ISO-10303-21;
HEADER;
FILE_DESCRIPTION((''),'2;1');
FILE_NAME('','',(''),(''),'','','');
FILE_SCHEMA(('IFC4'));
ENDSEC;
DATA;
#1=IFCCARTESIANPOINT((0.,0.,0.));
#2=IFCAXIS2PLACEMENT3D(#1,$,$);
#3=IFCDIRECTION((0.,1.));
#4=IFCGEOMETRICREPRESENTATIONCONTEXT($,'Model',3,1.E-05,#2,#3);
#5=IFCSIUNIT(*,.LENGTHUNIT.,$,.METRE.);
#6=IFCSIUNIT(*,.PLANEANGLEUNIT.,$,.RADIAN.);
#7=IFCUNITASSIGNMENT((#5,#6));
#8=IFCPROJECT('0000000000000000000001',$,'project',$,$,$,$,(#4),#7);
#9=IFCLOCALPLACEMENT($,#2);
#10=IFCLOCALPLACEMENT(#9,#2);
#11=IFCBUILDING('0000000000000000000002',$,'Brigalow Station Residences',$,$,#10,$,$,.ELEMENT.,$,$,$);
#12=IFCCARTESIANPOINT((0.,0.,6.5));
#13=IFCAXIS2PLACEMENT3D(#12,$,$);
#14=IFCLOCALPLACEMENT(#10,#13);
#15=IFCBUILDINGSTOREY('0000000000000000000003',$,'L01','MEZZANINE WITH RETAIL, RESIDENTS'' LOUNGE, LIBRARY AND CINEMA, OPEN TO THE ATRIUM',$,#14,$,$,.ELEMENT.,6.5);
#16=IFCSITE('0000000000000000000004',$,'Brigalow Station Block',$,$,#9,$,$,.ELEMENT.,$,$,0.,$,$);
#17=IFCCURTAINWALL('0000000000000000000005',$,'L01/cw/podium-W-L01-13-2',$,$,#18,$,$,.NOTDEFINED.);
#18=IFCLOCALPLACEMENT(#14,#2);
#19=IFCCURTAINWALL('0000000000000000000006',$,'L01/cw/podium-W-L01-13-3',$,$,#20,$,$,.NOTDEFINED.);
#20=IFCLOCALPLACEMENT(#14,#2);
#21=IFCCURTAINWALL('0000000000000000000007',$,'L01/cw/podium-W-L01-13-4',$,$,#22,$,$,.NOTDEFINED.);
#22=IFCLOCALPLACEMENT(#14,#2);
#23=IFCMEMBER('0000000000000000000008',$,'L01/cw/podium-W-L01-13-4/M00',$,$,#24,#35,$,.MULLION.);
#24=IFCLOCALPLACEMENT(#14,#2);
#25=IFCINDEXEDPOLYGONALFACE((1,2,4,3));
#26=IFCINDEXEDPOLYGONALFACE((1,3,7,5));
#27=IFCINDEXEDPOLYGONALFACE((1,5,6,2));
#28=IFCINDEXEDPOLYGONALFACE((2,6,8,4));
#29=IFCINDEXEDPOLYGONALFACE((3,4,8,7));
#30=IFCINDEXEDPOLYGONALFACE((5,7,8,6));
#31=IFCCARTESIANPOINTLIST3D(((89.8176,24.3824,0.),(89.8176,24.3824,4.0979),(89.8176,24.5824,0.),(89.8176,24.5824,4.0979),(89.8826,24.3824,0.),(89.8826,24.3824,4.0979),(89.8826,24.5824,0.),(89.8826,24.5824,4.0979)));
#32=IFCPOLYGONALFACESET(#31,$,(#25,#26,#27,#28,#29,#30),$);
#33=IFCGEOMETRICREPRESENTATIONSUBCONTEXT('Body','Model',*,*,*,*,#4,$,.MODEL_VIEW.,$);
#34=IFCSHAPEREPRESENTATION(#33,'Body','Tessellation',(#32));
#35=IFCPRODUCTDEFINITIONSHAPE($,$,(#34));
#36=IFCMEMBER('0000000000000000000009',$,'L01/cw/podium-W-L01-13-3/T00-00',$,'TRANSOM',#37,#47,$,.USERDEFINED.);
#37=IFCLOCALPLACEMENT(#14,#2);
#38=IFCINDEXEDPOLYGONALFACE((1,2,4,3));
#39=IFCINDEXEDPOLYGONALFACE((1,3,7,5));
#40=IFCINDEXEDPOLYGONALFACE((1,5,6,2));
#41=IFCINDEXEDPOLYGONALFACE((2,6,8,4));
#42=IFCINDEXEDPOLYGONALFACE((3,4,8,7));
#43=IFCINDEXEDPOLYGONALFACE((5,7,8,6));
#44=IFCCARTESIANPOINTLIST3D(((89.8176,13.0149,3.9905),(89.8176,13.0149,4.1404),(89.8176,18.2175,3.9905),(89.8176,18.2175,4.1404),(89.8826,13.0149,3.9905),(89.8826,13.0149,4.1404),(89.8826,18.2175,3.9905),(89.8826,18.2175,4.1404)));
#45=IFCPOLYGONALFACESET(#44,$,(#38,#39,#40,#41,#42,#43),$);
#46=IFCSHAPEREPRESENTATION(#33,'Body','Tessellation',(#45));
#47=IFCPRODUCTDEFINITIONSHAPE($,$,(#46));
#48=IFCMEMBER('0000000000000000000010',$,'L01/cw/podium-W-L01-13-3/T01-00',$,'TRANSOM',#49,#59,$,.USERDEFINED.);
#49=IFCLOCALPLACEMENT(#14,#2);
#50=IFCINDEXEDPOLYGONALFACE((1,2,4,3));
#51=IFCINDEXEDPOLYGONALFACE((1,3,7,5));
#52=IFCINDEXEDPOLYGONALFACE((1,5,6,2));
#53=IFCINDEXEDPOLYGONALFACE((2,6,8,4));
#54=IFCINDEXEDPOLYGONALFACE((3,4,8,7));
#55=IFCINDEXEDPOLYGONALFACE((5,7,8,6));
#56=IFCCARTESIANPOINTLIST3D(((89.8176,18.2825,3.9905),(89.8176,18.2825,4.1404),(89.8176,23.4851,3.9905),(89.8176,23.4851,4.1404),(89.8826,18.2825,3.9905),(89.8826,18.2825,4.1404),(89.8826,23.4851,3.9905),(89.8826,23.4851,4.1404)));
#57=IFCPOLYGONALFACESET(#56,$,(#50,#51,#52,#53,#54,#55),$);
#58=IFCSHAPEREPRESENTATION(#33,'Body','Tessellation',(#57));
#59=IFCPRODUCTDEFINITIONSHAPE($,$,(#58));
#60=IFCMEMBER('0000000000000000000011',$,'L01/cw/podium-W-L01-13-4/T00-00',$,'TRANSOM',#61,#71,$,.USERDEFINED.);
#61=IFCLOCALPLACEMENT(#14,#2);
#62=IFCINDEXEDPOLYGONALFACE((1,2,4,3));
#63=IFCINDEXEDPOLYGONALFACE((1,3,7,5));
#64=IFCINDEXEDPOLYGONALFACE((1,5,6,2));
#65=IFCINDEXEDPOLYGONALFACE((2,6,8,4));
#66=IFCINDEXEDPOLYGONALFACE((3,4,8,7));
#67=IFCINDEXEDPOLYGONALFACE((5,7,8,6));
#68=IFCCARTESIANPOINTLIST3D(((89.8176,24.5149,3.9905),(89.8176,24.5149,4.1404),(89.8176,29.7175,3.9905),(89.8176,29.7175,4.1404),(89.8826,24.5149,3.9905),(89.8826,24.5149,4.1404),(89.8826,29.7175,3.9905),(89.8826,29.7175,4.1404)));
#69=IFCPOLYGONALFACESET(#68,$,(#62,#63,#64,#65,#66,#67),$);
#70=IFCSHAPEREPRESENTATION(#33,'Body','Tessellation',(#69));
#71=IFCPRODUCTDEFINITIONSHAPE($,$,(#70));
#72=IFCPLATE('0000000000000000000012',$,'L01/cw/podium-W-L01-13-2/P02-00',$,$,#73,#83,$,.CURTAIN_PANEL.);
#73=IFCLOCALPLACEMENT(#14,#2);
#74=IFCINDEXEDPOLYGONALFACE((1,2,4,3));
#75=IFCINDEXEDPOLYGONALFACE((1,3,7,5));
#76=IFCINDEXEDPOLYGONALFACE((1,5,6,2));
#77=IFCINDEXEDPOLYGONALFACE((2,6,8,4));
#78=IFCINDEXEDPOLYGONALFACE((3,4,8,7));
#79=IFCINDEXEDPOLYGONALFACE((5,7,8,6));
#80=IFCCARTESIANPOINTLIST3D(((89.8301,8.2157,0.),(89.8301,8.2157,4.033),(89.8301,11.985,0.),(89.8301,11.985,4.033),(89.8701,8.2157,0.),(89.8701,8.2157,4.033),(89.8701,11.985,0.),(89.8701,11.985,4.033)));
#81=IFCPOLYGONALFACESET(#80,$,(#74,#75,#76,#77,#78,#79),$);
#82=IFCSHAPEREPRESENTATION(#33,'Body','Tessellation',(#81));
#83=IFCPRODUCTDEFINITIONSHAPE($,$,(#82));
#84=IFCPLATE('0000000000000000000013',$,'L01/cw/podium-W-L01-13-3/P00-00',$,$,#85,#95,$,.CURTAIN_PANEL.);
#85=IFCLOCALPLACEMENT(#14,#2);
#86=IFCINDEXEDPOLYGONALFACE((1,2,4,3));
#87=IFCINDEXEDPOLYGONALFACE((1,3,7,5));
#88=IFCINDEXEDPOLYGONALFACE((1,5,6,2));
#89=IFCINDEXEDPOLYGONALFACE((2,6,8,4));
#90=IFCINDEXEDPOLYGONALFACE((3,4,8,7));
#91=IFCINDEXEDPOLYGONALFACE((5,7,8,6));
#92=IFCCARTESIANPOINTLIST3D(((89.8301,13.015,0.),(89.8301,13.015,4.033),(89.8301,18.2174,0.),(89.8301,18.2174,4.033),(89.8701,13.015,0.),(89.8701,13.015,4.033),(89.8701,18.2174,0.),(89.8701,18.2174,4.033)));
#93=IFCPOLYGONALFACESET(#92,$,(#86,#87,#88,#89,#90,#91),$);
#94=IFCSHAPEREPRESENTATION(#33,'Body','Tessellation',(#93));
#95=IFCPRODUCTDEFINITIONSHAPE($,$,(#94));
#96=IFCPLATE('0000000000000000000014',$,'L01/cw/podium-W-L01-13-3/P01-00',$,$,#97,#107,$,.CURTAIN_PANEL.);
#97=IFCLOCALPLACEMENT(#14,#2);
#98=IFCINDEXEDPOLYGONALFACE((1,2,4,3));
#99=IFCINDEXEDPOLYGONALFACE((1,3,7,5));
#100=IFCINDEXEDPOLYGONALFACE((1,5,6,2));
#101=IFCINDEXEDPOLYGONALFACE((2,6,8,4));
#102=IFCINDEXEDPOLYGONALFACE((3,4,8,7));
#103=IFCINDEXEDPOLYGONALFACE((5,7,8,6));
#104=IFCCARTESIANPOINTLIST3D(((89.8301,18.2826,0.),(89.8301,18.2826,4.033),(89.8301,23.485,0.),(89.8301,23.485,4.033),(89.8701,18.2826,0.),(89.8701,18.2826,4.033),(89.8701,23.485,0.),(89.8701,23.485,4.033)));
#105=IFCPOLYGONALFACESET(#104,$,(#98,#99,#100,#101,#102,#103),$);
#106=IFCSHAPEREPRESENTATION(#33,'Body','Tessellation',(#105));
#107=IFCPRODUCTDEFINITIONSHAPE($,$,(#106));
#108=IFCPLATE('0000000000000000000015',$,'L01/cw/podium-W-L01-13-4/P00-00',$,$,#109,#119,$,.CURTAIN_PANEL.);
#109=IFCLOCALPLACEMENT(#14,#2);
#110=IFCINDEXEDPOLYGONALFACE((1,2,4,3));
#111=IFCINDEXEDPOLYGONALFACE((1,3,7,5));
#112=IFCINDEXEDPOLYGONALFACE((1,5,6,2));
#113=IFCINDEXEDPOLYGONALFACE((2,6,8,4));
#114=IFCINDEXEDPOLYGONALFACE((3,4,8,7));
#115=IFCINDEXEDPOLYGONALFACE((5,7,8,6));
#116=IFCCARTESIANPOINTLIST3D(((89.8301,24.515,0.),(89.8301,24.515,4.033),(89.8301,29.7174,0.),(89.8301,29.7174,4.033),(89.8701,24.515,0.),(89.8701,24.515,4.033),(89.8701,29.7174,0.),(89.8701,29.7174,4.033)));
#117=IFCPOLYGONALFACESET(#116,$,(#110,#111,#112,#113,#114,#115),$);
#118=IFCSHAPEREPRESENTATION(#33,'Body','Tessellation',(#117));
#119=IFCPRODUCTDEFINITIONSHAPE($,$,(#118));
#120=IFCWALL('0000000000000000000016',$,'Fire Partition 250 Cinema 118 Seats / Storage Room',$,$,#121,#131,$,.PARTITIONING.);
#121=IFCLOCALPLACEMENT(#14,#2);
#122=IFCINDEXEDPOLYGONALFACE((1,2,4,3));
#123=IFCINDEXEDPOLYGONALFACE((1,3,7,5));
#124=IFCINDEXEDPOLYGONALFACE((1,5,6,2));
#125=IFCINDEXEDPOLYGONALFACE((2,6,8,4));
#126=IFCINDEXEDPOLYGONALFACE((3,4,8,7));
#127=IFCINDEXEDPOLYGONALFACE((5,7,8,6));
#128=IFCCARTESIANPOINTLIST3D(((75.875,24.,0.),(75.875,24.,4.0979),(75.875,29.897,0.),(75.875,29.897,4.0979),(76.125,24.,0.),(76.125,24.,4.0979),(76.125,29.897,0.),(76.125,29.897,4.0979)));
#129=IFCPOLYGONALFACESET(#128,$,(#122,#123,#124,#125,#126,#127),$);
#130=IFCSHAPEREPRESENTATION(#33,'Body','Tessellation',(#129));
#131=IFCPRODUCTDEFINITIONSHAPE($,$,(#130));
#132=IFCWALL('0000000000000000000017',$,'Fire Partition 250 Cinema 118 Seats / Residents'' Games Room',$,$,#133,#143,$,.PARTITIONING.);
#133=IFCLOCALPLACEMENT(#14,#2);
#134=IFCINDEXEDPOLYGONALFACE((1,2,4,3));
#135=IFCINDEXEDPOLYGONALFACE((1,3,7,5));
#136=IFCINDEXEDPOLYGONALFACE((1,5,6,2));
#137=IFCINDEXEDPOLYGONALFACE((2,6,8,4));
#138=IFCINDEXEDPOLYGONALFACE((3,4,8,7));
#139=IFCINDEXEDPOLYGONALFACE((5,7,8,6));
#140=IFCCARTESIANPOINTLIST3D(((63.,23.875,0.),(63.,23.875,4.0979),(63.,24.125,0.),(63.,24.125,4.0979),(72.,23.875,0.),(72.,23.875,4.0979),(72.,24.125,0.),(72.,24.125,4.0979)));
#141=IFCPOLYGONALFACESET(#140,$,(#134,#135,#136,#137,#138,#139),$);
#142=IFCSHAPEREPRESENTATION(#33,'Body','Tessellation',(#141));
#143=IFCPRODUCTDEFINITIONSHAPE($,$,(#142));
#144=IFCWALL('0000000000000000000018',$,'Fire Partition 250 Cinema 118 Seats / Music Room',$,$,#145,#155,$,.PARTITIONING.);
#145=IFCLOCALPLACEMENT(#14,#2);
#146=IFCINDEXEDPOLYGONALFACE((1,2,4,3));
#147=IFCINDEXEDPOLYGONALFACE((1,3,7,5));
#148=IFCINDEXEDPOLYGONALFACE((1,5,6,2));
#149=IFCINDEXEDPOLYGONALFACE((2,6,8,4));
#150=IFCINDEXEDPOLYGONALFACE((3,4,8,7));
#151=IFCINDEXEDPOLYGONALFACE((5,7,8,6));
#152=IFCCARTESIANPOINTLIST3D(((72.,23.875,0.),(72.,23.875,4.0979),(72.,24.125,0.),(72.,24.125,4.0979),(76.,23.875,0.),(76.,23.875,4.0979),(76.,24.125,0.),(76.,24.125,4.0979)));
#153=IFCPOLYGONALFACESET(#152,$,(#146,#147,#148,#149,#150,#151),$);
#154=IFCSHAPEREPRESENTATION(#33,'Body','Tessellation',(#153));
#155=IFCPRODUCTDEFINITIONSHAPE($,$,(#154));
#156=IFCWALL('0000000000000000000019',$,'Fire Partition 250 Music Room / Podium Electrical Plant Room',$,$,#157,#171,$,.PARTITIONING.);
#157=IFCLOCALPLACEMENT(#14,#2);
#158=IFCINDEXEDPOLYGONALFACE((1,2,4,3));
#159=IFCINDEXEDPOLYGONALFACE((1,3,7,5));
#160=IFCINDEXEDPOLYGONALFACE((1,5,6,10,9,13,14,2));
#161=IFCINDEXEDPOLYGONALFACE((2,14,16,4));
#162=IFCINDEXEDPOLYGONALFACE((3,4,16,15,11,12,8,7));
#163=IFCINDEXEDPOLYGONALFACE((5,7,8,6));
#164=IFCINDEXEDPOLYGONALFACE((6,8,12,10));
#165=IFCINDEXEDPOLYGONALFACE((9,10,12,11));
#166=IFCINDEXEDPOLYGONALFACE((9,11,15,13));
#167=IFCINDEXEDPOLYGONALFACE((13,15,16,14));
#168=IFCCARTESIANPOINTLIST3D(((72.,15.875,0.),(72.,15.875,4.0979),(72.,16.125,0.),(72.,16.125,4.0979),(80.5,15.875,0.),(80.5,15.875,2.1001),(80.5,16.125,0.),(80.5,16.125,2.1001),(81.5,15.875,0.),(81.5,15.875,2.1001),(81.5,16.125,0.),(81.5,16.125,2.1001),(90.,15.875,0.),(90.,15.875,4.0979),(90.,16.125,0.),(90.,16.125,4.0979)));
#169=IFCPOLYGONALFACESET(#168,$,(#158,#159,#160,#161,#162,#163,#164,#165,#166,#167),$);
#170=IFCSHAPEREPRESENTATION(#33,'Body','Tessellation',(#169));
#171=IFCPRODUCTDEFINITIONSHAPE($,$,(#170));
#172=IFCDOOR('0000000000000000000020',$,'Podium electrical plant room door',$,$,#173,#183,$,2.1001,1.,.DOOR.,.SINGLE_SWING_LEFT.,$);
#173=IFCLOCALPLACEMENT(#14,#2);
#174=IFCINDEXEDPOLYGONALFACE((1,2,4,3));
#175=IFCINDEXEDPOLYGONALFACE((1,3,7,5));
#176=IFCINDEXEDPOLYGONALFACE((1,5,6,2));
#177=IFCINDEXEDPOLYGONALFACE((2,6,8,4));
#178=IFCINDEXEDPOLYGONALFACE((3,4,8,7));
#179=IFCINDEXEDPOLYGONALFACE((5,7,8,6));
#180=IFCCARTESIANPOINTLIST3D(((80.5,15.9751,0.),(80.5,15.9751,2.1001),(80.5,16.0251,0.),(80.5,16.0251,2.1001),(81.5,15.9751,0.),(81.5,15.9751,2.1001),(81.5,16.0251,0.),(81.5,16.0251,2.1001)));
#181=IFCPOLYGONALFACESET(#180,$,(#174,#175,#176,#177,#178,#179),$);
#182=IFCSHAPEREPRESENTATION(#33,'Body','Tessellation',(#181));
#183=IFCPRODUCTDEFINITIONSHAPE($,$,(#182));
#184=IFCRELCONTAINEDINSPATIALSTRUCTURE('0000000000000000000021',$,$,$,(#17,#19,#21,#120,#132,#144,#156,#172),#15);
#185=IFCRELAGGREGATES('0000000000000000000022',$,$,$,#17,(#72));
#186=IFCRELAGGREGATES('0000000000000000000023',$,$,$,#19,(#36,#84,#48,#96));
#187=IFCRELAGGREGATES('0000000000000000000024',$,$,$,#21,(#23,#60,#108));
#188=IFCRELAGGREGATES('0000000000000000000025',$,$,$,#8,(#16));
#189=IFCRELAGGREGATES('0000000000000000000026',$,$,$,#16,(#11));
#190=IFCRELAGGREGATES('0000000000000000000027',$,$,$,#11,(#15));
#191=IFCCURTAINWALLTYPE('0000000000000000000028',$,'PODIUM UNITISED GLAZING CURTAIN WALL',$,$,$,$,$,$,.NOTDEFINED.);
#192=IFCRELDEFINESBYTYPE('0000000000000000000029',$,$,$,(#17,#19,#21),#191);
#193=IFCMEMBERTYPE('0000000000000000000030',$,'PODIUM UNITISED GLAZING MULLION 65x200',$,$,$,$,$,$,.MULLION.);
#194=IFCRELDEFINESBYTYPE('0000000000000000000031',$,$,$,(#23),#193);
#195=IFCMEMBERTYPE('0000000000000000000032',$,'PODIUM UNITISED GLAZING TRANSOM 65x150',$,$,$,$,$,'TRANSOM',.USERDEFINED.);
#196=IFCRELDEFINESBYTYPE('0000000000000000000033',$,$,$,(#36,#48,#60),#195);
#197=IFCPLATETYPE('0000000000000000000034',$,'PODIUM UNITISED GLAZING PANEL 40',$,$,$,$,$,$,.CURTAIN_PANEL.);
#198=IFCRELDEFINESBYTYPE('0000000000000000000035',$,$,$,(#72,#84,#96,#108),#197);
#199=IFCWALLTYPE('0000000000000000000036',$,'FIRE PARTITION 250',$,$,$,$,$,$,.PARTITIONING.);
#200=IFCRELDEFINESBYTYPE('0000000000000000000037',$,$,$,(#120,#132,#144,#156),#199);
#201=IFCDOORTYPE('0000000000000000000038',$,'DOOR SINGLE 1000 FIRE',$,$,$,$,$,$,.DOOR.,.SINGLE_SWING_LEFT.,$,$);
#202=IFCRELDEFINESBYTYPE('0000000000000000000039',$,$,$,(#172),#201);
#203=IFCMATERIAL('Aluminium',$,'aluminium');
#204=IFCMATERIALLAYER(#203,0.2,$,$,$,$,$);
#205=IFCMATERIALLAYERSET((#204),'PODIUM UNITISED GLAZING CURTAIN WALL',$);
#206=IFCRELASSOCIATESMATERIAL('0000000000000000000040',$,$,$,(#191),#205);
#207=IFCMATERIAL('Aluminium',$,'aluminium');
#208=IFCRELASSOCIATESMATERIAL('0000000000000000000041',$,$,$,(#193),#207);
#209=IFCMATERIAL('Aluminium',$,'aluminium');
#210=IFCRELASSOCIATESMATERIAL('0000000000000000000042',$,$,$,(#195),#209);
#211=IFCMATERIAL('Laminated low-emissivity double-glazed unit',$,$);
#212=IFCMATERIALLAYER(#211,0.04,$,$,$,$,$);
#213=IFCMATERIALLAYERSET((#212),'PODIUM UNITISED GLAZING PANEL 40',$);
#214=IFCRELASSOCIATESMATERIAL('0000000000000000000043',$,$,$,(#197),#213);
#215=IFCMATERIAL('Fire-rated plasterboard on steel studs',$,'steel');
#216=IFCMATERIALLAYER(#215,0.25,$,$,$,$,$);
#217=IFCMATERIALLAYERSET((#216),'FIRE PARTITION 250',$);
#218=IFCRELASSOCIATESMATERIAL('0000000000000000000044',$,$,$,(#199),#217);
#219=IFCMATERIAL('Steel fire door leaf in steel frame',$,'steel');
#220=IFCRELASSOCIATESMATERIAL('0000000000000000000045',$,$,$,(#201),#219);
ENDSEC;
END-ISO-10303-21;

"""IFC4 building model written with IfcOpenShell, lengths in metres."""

from ifc_helpers import new_model, si_unit, direction, frame, frame_2d, origin, origin_2d, place, context, subcontext, project, spatial, rectangle, extrude, material, layer, layer_set, material_profile, profile_set, type_object, element, fill, aggregate, save


model = new_model("IFC4")

# Units and contexts
model_context = context("Model", 3, precision=1e-05, world=origin(), true_north=direction((0.0, 1.0)))
body_context = subcontext(model_context, "Body", "Model", "MODEL_VIEW")
ifc_project = project(units=[si_unit("LENGTHUNIT", "METRE"), si_unit("PLANEANGLEUNIT", "RADIAN")], contexts=[model_context])

# Site, building, storey
site_placement = place(None, origin())
site = spatial("IfcSite", under=ifc_project, at=site_placement, Name="Brigalow Station Block", CompositionType="ELEMENT", RefElevation=0.0)
building_placement = place(site_placement, origin())
building = spatial("IfcBuilding", under=site, at=building_placement, Name="Brigalow Station Residences", CompositionType="ELEMENT")
storey_placement = place(building_placement, frame((0.0, 0.0, 6.5)))
storey = spatial("IfcBuildingStorey", under=building, at=storey_placement, Name="L01", Description="MEZZANINE WITH RETAIL, RESIDENTS' LOUNGE, LIBRARY AND CINEMA, OPEN TO THE ATRIUM", CompositionType="ELEMENT", Elevation=6.5)

# Curtain wall
ifc_material_1 = material(Name="Aluminium", Category="aluminium")
ifc_layer_1 = layer(ifc_material_1, 0.2)
ifc_layer_set_1 = layer_set([ifc_layer_1], Name="PODIUM UNITISED GLAZING CURTAIN WALL")
curtain_wall_type = type_object("IfcCurtainWallType", Name="PODIUM UNITISED GLAZING CURTAIN WALL", PredefinedType="NOTDEFINED", material=ifc_layer_set_1)
curtain_wall_1_placement = place(storey_placement, origin())
curtain_wall_1 = element("IfcCurtainWall", 1, at=curtain_wall_1_placement, inside=storey, type_object=curtain_wall_type, Name="L01/cw/podium-W-L01-13-2", PredefinedType="NOTDEFINED")
ifc_material_2 = material(Name="Aluminium", Category="aluminium")
ifc_material_profile_1 = material_profile(ifc_material_2, rectangle(XDim=0.0649, YDim=0.2, at=origin_2d()), Name="PODIUM UNITISED GLAZING MULLION 65x200")
ifc_profile_set_1 = profile_set([ifc_material_profile_1], Name="Aluminium")
member_type_1 = type_object("IfcMemberType", Name="PODIUM UNITISED GLAZING MULLION 65x200", PredefinedType="MULLION", material=ifc_profile_set_1)

# Curtain wall
curtain_wall_2_placement = place(storey_placement, origin())
curtain_wall_2 = element("IfcCurtainWall", 2, at=curtain_wall_2_placement, inside=storey, type_object=curtain_wall_type, Name="L01/cw/podium-W-L01-13-3", PredefinedType="NOTDEFINED")

# Curtain wall, member
curtain_wall_3_placement = place(storey_placement, origin())
curtain_wall_3 = element("IfcCurtainWall", 3, at=curtain_wall_3_placement, inside=storey, type_object=curtain_wall_type, Name="L01/cw/podium-W-L01-13-4", PredefinedType="NOTDEFINED")
member_1_placement = place(storey_placement, frame((89.8501, 24.4824, 0.0), z_axis=(0.0, 0.0, 1.0), x_axis=(-1.0, 0.0, 0.0)))
member_1 = element("IfcMember", 4, at=member_1_placement, type_object=member_type_1, Name="L01/cw/podium-W-L01-13-4/M00", PredefinedType="MULLION", context=body_context, shape_type="SweptSolid", body=[
    extrude(rectangle(XDim=0.0649, YDim=0.2, at=origin_2d()), origin(), (0.0, 0.0, 1.0), 4.0979),
])

# Members
ifc_material_3 = material(Name="Aluminium", Category="aluminium")
ifc_material_profile_2 = material_profile(ifc_material_3, rectangle(XDim=0.0649, YDim=0.1499, at=origin_2d()), Name="PODIUM UNITISED GLAZING TRANSOM 65x150")
ifc_profile_set_2 = profile_set([ifc_material_profile_2], Name="Aluminium")
member_type_2 = type_object("IfcMemberType", Name="PODIUM UNITISED GLAZING TRANSOM 65x150", ElementType="TRANSOM", PredefinedType="USERDEFINED", material=ifc_profile_set_2)
member_2_placement = place(storey_placement, frame((89.8501, 13.0149, 4.0654), z_axis=(0.0, 1.0, 0.0), x_axis=(-1.0, 0.0, 0.0)))
member_2 = element("IfcMember", 5, at=member_2_placement, type_object=member_type_2, Name="L01/cw/podium-W-L01-13-3/T00-00", ObjectType="TRANSOM", PredefinedType="USERDEFINED", context=body_context, shape_type="SweptSolid", body=[
    extrude(rectangle(XDim=0.0649, YDim=0.1499, at=origin_2d()), origin(), (0.0, 0.0, 1.0), 5.2026),
])
member_3_placement = place(storey_placement, frame((89.8501, 18.2825, 4.0654), z_axis=(0.0, 1.0, 0.0), x_axis=(-1.0, 0.0, 0.0)))
member_3 = element("IfcMember", 6, at=member_3_placement, type_object=member_type_2, Name="L01/cw/podium-W-L01-13-3/T01-00", ObjectType="TRANSOM", PredefinedType="USERDEFINED", context=body_context, shape_type="SweptSolid", body=[
    extrude(rectangle(XDim=0.0649, YDim=0.1499, at=origin_2d()), origin(), (0.0, 0.0, 1.0), 5.2026),
])
member_4_placement = place(storey_placement, frame((89.8501, 24.5149, 4.0654), z_axis=(0.0, 1.0, 0.0), x_axis=(-1.0, 0.0, 0.0)))
member_4 = element("IfcMember", 7, at=member_4_placement, type_object=member_type_2, Name="L01/cw/podium-W-L01-13-4/T00-00", ObjectType="TRANSOM", PredefinedType="USERDEFINED", context=body_context, shape_type="SweptSolid", body=[
    extrude(rectangle(XDim=0.0649, YDim=0.1499, at=origin_2d()), origin(), (0.0, 0.0, 1.0), 5.2026),
])

# Plates
ifc_material_4 = material(Name="Laminated low-emissivity double-glazed unit")
ifc_layer_2 = layer(ifc_material_4, 0.04)
ifc_layer_set_2 = layer_set([ifc_layer_2], Name="PODIUM UNITISED GLAZING PANEL 40")
plate_type = type_object("IfcPlateType", Name="PODIUM UNITISED GLAZING PANEL 40", PredefinedType="CURTAIN_PANEL", material=ifc_layer_set_2)
plate_1_placement = place(storey_placement, frame((89.8501, 10.1003, 0.0), z_axis=(0.0, 0.0, 1.0), x_axis=(0.0, 1.0, 0.0)))
plate_1 = element("IfcPlate", 8, at=plate_1_placement, type_object=plate_type, Name="L01/cw/podium-W-L01-13-2/P02-00", PredefinedType="CURTAIN_PANEL", context=body_context, shape_type="SweptSolid", body=[
    extrude(rectangle(XDim=3.7693, YDim=0.04, at=origin_2d()), origin(), (0.0, 0.0, 1.0), 4.033),
])
aggregate(curtain_wall_1, [plate_1])
plate_2_placement = place(storey_placement, frame((89.8501, 15.6162, 0.0), z_axis=(0.0, 0.0, 1.0), x_axis=(0.0, 1.0, 0.0)))
plate_2 = element("IfcPlate", 9, at=plate_2_placement, type_object=plate_type, Name="L01/cw/podium-W-L01-13-3/P00-00", PredefinedType="CURTAIN_PANEL", context=body_context, shape_type="SweptSolid", body=[
    extrude(rectangle(XDim=5.2024, YDim=0.04, at=origin_2d()), origin(), (0.0, 0.0, 1.0), 4.033),
])
plate_3_placement = place(storey_placement, frame((89.8501, 20.8838, 0.0), z_axis=(0.0, 0.0, 1.0), x_axis=(0.0, 1.0, 0.0)))
plate_3 = element("IfcPlate", 10, at=plate_3_placement, type_object=plate_type, Name="L01/cw/podium-W-L01-13-3/P01-00", PredefinedType="CURTAIN_PANEL", context=body_context, shape_type="SweptSolid", body=[
    extrude(rectangle(XDim=5.2024, YDim=0.04, at=origin_2d()), origin(), (0.0, 0.0, 1.0), 4.033),
])
aggregate(curtain_wall_2, [member_2, plate_2, member_3, plate_3])
plate_4_placement = place(storey_placement, frame((89.8501, 27.1162, 0.0), z_axis=(0.0, 0.0, 1.0), x_axis=(0.0, 1.0, 0.0)))
plate_4 = element("IfcPlate", 11, at=plate_4_placement, type_object=plate_type, Name="L01/cw/podium-W-L01-13-4/P00-00", PredefinedType="CURTAIN_PANEL", context=body_context, shape_type="SweptSolid", body=[
    extrude(rectangle(XDim=5.2024, YDim=0.04, at=origin_2d()), origin(), (0.0, 0.0, 1.0), 4.033),
])
aggregate(curtain_wall_3, [member_1, member_4, plate_4])

# Walls
ifc_material_5 = material(Name="Fire-rated plasterboard on steel studs", Category="steel")
ifc_layer_3 = layer(ifc_material_5, 0.25)
ifc_layer_set_3 = layer_set([ifc_layer_3], Name="FIRE PARTITION 250")
wall_type_1 = type_object("IfcWallType", Name="FIRE PARTITION 250", PredefinedType="PARTITIONING", material=ifc_layer_set_3)
wall_1_placement = place(storey_placement, frame((76.0, 24.0, 0.0), z_axis=(0.0, 0.0, 1.0), x_axis=(0.0, 1.0, 0.0)))
element("IfcWall", 12, at=wall_1_placement, inside=storey, type_object=wall_type_1, Name="Fire Partition 250 Cinema 118 Seats / Storage Room", PredefinedType="PARTITIONING", context=body_context, shape_type="SweptSolid", body=[
    extrude(rectangle(XDim=5.897, YDim=0.25, at=frame_2d((2.9485, 0.0))), origin(), (0.0, 0.0, 1.0), 4.0979),
])
wall_2_placement = place(storey_placement, frame((63.0, 24.0, 0.0), z_axis=(0.0, 0.0, 1.0), x_axis=(1.0, 0.0, 0.0)))
element("IfcWall", 13, at=wall_2_placement, inside=storey, type_object=wall_type_1, Name="Fire Partition 250 Cinema 118 Seats / Residents' Games Room", PredefinedType="PARTITIONING", context=body_context, shape_type="SweptSolid", body=[
    extrude(rectangle(XDim=9.0, YDim=0.25, at=frame_2d((4.5, 0.0))), origin(), (0.0, 0.0, 1.0), 4.0979),
])
wall_3_placement = place(storey_placement, frame((72.0, 24.0, 0.0), z_axis=(0.0, 0.0, 1.0), x_axis=(1.0, 0.0, 0.0)))
element("IfcWall", 14, at=wall_3_placement, inside=storey, type_object=wall_type_1, Name="Fire Partition 250 Cinema 118 Seats / Music Room", PredefinedType="PARTITIONING", context=body_context, shape_type="SweptSolid", body=[
    extrude(rectangle(XDim=4.0, YDim=0.25, at=frame_2d((2.0, 0.0))), origin(), (0.0, 0.0, 1.0), 4.0979),
])

# Wall, opening, door
wall_4_placement = place(storey_placement, frame((72.0, 16.0, 0.0), z_axis=(0.0, 0.0, 1.0), x_axis=(1.0, 0.0, 0.0)))
wall_4 = element("IfcWall", 15, at=wall_4_placement, inside=storey, type_object=wall_type_1, Name="Fire Partition 250 Music Room / Podium Electrical Plant Room", PredefinedType="PARTITIONING", context=body_context, shape_type="SweptSolid", body=[
    extrude(rectangle(XDim=18.0, YDim=0.25, at=frame_2d((9.0, 0.0))), origin(), (0.0, 0.0, 1.0), 4.0979),
])
opening_1_placement = place(wall_4_placement, frame((8.5, 0.0, 0.0)))
opening_1 = element("IfcOpeningElement", 16, at=opening_1_placement, cuts=wall_4, PredefinedType="OPENING", context=body_context, shape_type="SweptSolid", body=[
    extrude(rectangle(XDim=1.0, YDim=2.1001, at=frame_2d((0.5, 1.05))), frame((0.0, 0.135, 0.0), z_axis=(0.0, -1.0, 0.0), x_axis=(1.0, 0.0, 0.0)), (0.0, 0.0, 1.0), 0.27),
])
ifc_material_6 = material(Name="Steel fire door leaf in steel frame", Category="steel")
door_type_1 = type_object("IfcDoorType", Name="DOOR SINGLE 1000 FIRE", OperationType="SINGLE_SWING_LEFT", PredefinedType="DOOR", material=ifc_material_6)
door_1_placement = place(opening_1_placement, frame((1.0, 0.0, 0.0), z_axis=(0.0, 0.0, 1.0), x_axis=(-1.0, 0.0, 0.0)))
door_1 = element("IfcDoor", 17, at=door_1_placement, inside=storey, type_object=door_type_1, Name="Podium electrical plant room door", OperationType="SINGLE_SWING_LEFT", OverallHeight=2.1001, OverallWidth=1.0, PredefinedType="DOOR", context=body_context, shape_type="SweptSolid", body=[
    extrude(rectangle(XDim=1.0, YDim=2.1001, at=frame_2d((0.5, 1.05))), frame((0.0, 0.0249, 0.0), z_axis=(0.0, -1.0, 0.0), x_axis=(1.0, 0.0, 0.0)), (0.0, 0.0, 1.0), 0.05),
])
fill(opening_1, door_1)

save(model, "model.ifc")
